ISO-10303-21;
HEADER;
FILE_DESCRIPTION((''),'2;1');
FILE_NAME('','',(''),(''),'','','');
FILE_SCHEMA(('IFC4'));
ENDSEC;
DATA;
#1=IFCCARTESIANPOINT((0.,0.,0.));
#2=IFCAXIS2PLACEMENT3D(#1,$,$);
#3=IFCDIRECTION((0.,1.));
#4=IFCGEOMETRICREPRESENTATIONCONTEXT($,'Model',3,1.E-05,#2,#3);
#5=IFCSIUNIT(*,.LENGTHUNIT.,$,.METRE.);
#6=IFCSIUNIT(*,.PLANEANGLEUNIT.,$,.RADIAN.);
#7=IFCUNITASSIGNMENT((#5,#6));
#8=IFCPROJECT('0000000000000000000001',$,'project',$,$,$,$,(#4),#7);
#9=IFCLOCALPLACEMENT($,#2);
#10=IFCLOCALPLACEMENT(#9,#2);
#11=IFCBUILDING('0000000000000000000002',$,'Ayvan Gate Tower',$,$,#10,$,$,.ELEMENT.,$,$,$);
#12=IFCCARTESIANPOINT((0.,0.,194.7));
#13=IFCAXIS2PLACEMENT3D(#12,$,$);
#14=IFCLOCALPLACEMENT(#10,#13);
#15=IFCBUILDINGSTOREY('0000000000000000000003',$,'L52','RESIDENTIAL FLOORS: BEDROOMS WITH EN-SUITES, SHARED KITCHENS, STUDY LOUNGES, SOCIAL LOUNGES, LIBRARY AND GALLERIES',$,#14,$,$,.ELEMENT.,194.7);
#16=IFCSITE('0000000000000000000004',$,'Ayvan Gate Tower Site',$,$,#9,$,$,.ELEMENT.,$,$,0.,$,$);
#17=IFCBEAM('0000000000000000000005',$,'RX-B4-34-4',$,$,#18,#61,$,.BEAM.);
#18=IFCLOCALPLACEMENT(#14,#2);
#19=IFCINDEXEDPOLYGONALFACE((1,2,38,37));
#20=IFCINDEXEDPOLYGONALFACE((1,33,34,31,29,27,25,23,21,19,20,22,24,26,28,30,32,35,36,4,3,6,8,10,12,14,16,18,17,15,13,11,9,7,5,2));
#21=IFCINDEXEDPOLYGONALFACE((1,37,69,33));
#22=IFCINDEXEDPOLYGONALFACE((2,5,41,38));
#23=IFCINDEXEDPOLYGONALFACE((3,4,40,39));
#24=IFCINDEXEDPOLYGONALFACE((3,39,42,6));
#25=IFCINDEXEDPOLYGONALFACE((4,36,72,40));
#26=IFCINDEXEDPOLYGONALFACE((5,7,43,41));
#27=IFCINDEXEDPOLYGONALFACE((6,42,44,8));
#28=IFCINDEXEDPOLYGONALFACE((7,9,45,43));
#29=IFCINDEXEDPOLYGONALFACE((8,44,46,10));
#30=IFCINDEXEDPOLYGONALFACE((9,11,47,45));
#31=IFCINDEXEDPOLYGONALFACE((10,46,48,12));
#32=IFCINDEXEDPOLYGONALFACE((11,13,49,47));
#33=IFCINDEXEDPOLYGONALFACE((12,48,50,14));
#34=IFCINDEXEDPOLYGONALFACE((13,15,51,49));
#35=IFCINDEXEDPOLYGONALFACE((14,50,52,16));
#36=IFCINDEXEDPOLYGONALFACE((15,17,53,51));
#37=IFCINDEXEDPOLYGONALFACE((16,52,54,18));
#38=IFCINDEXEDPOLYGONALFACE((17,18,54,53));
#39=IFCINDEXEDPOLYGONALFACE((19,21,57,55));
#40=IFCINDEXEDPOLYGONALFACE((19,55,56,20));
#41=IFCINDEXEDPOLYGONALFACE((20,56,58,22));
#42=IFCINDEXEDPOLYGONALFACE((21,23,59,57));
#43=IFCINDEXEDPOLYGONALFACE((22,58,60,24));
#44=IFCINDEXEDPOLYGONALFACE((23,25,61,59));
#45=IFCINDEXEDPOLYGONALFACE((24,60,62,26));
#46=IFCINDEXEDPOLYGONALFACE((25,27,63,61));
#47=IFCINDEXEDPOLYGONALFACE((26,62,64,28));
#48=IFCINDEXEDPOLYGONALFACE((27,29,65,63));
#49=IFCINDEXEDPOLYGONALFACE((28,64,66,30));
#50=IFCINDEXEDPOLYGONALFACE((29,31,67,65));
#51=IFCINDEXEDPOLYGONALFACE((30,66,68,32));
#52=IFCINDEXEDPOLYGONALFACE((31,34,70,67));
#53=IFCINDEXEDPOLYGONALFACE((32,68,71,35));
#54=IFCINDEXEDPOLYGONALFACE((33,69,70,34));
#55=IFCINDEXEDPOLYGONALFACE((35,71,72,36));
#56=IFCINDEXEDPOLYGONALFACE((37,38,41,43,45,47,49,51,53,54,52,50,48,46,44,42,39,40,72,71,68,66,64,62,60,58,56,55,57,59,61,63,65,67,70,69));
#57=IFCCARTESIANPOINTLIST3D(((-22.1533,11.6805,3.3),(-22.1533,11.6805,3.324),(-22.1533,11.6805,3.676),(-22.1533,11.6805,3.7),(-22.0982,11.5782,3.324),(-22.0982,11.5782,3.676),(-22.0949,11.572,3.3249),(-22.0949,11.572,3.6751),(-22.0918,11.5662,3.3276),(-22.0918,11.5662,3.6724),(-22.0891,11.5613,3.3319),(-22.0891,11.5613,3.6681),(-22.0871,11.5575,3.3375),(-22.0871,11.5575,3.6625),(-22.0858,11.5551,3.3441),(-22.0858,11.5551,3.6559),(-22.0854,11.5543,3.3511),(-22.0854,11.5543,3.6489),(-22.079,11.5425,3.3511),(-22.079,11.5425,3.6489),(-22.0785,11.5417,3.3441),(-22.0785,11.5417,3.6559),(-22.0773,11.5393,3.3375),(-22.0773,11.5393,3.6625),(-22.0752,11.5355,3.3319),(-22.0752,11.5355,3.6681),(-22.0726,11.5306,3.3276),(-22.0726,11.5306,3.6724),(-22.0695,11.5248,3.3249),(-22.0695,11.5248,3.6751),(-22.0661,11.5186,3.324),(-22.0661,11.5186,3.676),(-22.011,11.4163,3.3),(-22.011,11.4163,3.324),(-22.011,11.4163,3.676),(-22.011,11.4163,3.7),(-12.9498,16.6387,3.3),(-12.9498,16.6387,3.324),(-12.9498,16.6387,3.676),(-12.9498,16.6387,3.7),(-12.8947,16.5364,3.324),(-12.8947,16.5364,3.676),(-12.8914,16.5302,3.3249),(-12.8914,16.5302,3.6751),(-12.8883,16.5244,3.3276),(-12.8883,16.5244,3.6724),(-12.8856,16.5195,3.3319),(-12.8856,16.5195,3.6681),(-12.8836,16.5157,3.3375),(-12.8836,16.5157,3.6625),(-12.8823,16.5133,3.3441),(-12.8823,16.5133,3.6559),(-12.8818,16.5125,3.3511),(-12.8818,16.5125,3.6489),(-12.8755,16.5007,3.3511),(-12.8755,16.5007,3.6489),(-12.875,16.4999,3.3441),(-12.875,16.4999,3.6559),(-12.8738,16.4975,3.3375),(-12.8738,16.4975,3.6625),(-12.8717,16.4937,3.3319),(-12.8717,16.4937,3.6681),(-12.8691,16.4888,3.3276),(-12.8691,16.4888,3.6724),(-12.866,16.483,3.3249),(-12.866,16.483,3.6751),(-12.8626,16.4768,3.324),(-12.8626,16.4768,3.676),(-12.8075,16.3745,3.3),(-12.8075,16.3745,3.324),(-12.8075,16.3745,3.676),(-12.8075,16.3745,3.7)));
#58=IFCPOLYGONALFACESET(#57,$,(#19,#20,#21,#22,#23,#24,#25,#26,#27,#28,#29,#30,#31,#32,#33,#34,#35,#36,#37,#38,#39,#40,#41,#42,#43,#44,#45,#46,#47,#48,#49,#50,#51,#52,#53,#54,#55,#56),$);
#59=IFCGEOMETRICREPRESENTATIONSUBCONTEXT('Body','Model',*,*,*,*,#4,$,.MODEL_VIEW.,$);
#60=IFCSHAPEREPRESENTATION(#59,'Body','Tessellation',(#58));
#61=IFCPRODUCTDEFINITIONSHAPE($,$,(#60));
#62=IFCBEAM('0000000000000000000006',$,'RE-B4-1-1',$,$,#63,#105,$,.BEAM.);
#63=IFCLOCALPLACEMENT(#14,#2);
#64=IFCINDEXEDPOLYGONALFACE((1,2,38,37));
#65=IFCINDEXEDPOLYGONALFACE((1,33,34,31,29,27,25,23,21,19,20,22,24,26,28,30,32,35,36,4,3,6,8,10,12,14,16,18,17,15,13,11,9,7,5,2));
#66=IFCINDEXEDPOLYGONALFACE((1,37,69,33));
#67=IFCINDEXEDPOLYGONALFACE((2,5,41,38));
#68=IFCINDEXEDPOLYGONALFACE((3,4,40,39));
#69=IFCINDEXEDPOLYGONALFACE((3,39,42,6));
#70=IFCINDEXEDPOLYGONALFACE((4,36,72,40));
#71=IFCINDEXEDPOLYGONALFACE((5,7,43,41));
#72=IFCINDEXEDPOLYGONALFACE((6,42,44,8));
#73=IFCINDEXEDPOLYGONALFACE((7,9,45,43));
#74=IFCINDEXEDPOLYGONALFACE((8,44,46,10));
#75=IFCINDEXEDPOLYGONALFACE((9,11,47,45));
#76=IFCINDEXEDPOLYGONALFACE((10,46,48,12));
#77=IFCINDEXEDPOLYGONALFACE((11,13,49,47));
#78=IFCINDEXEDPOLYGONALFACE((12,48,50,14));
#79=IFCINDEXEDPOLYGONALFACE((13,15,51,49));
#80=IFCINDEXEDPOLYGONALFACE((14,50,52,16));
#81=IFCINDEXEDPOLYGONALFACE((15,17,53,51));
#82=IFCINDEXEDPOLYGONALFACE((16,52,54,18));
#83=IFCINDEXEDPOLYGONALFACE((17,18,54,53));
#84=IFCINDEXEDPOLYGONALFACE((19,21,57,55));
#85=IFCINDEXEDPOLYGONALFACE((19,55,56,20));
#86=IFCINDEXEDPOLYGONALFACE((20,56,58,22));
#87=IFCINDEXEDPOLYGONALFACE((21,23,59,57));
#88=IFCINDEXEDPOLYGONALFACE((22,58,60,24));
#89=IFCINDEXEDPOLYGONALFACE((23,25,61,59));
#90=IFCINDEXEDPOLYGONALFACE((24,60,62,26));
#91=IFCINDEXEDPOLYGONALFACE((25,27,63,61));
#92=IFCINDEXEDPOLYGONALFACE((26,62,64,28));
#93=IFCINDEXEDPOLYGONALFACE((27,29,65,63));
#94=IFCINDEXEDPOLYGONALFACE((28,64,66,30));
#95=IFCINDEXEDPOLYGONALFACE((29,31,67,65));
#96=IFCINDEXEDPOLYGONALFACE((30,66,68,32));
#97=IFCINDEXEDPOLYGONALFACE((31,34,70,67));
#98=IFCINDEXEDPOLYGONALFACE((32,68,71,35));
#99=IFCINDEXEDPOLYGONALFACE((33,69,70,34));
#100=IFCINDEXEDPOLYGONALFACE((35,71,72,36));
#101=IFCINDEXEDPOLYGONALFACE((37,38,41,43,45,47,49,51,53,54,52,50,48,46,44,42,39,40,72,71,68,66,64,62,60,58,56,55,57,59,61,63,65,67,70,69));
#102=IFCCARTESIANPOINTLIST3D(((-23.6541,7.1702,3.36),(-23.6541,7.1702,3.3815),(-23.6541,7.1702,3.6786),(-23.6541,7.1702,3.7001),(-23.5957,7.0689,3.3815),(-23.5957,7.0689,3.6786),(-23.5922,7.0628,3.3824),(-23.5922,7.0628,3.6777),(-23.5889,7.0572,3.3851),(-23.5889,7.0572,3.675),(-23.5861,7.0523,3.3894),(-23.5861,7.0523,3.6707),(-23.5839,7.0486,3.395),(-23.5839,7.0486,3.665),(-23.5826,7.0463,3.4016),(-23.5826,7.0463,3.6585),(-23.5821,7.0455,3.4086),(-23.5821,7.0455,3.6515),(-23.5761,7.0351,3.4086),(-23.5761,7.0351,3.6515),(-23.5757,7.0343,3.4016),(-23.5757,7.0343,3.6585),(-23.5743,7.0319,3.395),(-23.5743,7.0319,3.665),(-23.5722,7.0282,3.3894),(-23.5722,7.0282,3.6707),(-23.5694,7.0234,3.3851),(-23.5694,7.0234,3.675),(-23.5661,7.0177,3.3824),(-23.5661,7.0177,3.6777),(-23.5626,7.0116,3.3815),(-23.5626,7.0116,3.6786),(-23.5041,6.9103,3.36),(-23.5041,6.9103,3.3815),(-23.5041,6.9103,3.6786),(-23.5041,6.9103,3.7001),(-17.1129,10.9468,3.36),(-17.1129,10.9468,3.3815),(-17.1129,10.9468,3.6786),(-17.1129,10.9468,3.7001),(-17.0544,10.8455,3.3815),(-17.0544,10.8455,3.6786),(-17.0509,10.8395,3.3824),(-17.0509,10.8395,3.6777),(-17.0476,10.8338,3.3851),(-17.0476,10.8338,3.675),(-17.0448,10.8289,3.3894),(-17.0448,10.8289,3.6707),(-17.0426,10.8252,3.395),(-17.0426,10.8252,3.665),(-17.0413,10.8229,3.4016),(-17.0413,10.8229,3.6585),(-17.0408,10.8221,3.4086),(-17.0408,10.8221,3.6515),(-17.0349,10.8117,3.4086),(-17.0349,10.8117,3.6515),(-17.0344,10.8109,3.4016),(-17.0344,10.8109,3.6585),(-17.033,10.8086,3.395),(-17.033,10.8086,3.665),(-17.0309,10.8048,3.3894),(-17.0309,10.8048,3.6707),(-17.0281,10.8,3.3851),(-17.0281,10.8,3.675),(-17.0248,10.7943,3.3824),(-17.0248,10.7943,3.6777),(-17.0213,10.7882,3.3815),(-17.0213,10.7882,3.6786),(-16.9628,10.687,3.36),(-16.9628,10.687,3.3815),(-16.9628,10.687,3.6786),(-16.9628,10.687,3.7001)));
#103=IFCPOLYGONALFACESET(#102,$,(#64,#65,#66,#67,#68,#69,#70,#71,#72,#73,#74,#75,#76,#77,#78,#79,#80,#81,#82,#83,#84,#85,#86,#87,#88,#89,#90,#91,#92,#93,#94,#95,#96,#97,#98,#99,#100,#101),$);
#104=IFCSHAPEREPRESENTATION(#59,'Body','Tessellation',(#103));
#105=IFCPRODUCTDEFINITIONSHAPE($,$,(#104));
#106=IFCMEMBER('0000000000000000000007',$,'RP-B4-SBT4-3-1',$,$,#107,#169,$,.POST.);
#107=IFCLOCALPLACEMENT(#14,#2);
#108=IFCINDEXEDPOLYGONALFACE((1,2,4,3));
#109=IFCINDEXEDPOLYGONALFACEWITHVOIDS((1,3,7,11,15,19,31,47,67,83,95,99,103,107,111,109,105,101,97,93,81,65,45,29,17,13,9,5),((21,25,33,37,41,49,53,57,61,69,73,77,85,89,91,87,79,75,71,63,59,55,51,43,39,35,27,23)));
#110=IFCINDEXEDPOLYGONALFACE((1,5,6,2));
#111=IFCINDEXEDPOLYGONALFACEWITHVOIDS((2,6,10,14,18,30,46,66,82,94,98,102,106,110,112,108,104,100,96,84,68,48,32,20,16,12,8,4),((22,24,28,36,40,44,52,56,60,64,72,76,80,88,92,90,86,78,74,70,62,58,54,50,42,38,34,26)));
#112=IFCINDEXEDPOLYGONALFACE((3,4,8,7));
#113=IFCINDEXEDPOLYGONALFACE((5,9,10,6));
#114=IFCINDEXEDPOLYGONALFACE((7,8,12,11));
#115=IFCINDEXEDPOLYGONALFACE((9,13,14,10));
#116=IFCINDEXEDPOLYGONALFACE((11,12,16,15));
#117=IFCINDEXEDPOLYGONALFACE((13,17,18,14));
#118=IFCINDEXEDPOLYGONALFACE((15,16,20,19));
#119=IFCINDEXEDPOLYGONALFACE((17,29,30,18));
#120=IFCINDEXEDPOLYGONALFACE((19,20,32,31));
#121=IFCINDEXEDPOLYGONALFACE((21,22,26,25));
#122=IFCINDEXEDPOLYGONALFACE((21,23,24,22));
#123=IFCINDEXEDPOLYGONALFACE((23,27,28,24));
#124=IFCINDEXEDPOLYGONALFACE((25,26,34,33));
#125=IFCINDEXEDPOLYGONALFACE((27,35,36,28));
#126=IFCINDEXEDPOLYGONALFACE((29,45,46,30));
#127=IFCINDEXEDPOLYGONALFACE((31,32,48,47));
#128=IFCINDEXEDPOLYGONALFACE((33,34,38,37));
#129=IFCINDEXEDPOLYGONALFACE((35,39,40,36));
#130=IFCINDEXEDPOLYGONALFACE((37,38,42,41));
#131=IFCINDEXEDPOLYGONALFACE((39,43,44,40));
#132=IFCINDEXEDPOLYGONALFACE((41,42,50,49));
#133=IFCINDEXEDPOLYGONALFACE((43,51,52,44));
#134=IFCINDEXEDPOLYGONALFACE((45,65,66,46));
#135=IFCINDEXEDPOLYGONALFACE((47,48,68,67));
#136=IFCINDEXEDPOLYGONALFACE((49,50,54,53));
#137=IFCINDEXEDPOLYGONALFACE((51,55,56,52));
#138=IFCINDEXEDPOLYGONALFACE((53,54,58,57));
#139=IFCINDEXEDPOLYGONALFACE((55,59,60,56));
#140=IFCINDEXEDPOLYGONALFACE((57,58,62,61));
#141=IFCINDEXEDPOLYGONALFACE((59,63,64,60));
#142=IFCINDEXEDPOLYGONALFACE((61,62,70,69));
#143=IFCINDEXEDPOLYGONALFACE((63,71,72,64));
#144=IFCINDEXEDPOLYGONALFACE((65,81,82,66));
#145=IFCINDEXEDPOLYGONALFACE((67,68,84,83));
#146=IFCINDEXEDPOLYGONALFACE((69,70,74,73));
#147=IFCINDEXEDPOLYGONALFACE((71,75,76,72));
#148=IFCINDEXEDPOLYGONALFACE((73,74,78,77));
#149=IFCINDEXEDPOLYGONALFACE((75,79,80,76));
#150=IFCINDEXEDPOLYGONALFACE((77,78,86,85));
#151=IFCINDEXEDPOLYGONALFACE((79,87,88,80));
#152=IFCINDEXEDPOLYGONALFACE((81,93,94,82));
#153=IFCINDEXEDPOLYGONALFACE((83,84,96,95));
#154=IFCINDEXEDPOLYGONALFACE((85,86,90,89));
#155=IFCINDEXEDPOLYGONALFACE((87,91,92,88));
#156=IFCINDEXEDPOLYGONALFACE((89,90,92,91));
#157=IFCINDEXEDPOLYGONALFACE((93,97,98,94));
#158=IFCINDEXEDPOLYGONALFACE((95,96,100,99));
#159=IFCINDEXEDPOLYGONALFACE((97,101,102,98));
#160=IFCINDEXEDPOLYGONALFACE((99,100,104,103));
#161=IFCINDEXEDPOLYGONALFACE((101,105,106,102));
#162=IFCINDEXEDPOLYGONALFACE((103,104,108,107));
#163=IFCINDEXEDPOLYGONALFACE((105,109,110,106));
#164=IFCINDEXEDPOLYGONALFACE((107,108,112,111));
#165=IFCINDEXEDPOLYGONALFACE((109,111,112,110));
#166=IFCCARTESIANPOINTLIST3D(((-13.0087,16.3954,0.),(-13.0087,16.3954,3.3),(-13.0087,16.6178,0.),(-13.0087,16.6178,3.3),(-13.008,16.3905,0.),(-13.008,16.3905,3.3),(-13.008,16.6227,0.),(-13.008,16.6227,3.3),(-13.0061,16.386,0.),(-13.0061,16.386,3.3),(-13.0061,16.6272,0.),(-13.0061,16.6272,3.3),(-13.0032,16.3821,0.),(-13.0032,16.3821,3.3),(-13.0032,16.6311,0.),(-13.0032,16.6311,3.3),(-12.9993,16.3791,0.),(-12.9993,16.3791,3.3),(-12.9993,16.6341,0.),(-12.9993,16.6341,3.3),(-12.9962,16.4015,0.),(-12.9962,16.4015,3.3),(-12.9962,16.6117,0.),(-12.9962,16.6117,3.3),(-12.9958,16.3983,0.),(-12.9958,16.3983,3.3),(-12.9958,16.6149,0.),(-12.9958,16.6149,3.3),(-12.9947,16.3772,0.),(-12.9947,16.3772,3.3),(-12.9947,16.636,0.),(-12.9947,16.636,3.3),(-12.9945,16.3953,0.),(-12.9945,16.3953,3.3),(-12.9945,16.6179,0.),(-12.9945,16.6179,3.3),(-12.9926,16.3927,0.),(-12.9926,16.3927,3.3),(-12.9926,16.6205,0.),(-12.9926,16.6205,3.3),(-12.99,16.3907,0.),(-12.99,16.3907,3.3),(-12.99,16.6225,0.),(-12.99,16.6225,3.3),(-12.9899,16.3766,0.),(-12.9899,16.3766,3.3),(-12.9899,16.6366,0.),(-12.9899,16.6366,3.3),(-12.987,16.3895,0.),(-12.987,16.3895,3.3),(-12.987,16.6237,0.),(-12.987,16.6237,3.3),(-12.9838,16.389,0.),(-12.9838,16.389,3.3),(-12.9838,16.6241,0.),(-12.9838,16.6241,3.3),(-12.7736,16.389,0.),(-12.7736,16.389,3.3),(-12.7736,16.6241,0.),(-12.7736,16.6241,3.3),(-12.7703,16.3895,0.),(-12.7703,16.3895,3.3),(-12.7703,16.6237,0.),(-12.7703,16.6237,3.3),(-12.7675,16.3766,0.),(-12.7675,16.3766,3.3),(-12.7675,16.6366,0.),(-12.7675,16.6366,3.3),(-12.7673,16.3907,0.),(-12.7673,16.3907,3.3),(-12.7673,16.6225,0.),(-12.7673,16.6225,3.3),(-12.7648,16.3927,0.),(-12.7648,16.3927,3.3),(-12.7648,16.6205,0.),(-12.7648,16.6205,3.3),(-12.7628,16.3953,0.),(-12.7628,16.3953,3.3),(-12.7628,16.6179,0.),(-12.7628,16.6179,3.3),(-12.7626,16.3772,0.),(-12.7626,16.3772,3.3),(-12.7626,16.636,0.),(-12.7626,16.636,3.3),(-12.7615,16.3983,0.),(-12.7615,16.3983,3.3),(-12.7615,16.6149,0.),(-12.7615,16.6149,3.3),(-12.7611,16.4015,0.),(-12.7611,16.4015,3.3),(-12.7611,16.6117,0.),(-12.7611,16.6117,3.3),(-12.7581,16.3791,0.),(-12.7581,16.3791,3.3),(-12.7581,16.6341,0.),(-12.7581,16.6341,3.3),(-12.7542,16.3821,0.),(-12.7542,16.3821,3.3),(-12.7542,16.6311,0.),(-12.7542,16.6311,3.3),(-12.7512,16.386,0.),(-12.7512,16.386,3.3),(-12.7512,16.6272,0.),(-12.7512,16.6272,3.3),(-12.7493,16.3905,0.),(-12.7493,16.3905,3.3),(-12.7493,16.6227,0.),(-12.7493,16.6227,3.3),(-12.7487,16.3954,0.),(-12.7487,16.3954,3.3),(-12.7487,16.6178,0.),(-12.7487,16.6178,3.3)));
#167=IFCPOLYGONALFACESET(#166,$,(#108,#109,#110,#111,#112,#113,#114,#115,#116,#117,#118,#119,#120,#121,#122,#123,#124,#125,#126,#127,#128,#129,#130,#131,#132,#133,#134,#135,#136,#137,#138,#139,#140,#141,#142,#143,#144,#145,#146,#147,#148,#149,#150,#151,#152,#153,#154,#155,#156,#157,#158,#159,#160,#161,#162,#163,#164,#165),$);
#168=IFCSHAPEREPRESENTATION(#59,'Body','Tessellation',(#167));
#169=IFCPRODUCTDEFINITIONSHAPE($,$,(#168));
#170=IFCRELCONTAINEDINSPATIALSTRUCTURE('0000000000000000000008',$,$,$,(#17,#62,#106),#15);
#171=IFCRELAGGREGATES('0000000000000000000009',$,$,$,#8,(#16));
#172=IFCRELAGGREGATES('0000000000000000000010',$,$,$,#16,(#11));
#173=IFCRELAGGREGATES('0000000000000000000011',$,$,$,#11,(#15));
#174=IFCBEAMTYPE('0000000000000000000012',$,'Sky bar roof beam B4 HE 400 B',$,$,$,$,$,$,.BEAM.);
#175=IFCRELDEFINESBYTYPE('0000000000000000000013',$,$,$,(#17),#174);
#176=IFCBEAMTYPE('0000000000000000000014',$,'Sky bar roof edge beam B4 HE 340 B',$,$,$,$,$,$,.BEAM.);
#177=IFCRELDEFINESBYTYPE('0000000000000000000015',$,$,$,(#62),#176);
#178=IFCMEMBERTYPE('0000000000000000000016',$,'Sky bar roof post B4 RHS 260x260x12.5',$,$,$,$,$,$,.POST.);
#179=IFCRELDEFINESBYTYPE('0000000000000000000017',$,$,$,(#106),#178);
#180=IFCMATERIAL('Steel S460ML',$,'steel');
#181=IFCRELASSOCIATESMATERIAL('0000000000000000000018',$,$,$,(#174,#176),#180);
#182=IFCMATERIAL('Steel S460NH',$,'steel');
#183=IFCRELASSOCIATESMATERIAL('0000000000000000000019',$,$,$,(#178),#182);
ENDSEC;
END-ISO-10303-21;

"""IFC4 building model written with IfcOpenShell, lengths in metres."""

from ifc_helpers import new_model, si_unit, direction, frame, origin, origin_2d, place, context, subcontext, project, spatial, hollow_rectangle, i_section, extrude, material, material_profile, profile_set, type_object, element, save


model = new_model("IFC4")

# Units and contexts
model_context = context("Model", 3, precision=1e-05, world=origin(), true_north=direction((0.0, 1.0)))
body_context = subcontext(model_context, "Body", "Model", "MODEL_VIEW")
ifc_project = project(units=[si_unit("LENGTHUNIT", "METRE"), si_unit("PLANEANGLEUNIT", "RADIAN")], contexts=[model_context])

# Site, building, storey
site_placement = place(None, origin())
site = spatial("IfcSite", under=ifc_project, at=site_placement, Name="Ayvan Gate Tower Site", CompositionType="ELEMENT", RefElevation=0.0)
building_placement = place(site_placement, origin())
building = spatial("IfcBuilding", under=site, at=building_placement, Name="Ayvan Gate Tower", CompositionType="ELEMENT")
storey_placement = place(building_placement, frame((0.0, 0.0, 194.7)))
storey = spatial("IfcBuildingStorey", under=building, at=storey_placement, Name="L52", Description="RESIDENTIAL FLOORS: BEDROOMS WITH EN-SUITES, SHARED KITCHENS, STUDY LOUNGES, SOCIAL LOUNGES, LIBRARY AND GALLERIES", CompositionType="ELEMENT", Elevation=194.7)

# Beams
ifc_material_1 = material(Name="Steel S460ML", Category="steel")
ifc_material_profile_1 = material_profile(ifc_material_1, i_section(OverallWidth=0.3, OverallDepth=0.3999, WebThickness=0.0134, FlangeThickness=0.0239, FilletRadius=0.0271, at=origin_2d()), Name="HE 400 B")
ifc_profile_set_1 = profile_set([ifc_material_profile_1], Name="Steel S460ML")
beam_type_1 = type_object("IfcBeamType", Name="Sky bar roof beam B4 HE 400 B", PredefinedType="BEAM", material=ifc_profile_set_1)
beam_1_placement = place(storey_placement, frame((-12.8787, 16.5066, 3.5), z_axis=(-0.880373, -0.474282, 0.0), x_axis=(0.474282, -0.880373, 0.0)))
element("IfcBeam", 1, at=beam_1_placement, inside=storey, type_object=beam_type_1, Name="RX-B4-34-4", PredefinedType="BEAM", context=body_context, shape_type="SweptSolid", body=[
    extrude(i_section(OverallWidth=0.3, OverallDepth=0.3999, WebThickness=0.0134, FlangeThickness=0.0239, FilletRadius=0.0271, at=origin_2d()), origin(), (0.0, 0.0, 1.0), 10.4541),
])
ifc_material_profile_2 = material_profile(ifc_material_1, i_section(OverallWidth=0.3, OverallDepth=0.3401, WebThickness=0.012, FlangeThickness=0.0215, FilletRadius=0.0271, at=origin_2d()), Name="HE 340 B")
ifc_profile_set_2 = profile_set([ifc_material_profile_2], Name="Steel S460ML")
beam_type_2 = type_object("IfcBeamType", Name="Sky bar roof edge beam B4 HE 340 B", PredefinedType="BEAM", material=ifc_profile_set_2)
beam_2_placement = place(storey_placement, frame((-17.0378, 10.8169, 3.53), z_axis=(-0.866025, -0.500001, 0.0), x_axis=(0.500001, -0.866025, 0.0)))
element("IfcBeam", 2, at=beam_2_placement, inside=storey, type_object=beam_type_2, Name="RE-B4-1-1", PredefinedType="BEAM", context=body_context, shape_type="SweptSolid", body=[
    extrude(i_section(OverallWidth=0.3, OverallDepth=0.3401, WebThickness=0.012, FlangeThickness=0.0215, FilletRadius=0.0271, at=origin_2d()), origin(), (0.0, 0.0, 1.0), 7.5532),
])

# Member
ifc_material_2 = material(Name="Steel S460NH", Category="steel")
ifc_material_profile_3 = material_profile(ifc_material_2, hollow_rectangle(XDim=0.26, YDim=0.26, WallThickness=0.0125, InnerFilletRadius=0.0125, OuterFilletRadius=0.0188, at=origin_2d()), Name="RHS 260x260x12.5")
ifc_profile_set_3 = profile_set([ifc_material_profile_3], Name="Steel S460NH")
member_type_1 = type_object("IfcMemberType", Name="Sky bar roof post B4 RHS 260x260x12.5", PredefinedType="POST", material=ifc_profile_set_3)
member_1_placement = place(storey_placement, frame((-12.8787, 16.5066, 0.0), z_axis=(0.0, 0.0, 1.0), x_axis=(1.0, 0.0, 0.0)))
element("IfcMember", 3, at=member_1_placement, inside=storey, type_object=member_type_1, Name="RP-B4-SBT4-3-1", PredefinedType="POST", context=body_context, shape_type="SweptSolid", body=[
    extrude(hollow_rectangle(XDim=0.26, YDim=0.26, WallThickness=0.0125, InnerFilletRadius=0.0125, OuterFilletRadius=0.0188, at=origin_2d()), origin(), (0.0, 0.0, 1.0), 3.3),
])

save(model, "model.ifc")
